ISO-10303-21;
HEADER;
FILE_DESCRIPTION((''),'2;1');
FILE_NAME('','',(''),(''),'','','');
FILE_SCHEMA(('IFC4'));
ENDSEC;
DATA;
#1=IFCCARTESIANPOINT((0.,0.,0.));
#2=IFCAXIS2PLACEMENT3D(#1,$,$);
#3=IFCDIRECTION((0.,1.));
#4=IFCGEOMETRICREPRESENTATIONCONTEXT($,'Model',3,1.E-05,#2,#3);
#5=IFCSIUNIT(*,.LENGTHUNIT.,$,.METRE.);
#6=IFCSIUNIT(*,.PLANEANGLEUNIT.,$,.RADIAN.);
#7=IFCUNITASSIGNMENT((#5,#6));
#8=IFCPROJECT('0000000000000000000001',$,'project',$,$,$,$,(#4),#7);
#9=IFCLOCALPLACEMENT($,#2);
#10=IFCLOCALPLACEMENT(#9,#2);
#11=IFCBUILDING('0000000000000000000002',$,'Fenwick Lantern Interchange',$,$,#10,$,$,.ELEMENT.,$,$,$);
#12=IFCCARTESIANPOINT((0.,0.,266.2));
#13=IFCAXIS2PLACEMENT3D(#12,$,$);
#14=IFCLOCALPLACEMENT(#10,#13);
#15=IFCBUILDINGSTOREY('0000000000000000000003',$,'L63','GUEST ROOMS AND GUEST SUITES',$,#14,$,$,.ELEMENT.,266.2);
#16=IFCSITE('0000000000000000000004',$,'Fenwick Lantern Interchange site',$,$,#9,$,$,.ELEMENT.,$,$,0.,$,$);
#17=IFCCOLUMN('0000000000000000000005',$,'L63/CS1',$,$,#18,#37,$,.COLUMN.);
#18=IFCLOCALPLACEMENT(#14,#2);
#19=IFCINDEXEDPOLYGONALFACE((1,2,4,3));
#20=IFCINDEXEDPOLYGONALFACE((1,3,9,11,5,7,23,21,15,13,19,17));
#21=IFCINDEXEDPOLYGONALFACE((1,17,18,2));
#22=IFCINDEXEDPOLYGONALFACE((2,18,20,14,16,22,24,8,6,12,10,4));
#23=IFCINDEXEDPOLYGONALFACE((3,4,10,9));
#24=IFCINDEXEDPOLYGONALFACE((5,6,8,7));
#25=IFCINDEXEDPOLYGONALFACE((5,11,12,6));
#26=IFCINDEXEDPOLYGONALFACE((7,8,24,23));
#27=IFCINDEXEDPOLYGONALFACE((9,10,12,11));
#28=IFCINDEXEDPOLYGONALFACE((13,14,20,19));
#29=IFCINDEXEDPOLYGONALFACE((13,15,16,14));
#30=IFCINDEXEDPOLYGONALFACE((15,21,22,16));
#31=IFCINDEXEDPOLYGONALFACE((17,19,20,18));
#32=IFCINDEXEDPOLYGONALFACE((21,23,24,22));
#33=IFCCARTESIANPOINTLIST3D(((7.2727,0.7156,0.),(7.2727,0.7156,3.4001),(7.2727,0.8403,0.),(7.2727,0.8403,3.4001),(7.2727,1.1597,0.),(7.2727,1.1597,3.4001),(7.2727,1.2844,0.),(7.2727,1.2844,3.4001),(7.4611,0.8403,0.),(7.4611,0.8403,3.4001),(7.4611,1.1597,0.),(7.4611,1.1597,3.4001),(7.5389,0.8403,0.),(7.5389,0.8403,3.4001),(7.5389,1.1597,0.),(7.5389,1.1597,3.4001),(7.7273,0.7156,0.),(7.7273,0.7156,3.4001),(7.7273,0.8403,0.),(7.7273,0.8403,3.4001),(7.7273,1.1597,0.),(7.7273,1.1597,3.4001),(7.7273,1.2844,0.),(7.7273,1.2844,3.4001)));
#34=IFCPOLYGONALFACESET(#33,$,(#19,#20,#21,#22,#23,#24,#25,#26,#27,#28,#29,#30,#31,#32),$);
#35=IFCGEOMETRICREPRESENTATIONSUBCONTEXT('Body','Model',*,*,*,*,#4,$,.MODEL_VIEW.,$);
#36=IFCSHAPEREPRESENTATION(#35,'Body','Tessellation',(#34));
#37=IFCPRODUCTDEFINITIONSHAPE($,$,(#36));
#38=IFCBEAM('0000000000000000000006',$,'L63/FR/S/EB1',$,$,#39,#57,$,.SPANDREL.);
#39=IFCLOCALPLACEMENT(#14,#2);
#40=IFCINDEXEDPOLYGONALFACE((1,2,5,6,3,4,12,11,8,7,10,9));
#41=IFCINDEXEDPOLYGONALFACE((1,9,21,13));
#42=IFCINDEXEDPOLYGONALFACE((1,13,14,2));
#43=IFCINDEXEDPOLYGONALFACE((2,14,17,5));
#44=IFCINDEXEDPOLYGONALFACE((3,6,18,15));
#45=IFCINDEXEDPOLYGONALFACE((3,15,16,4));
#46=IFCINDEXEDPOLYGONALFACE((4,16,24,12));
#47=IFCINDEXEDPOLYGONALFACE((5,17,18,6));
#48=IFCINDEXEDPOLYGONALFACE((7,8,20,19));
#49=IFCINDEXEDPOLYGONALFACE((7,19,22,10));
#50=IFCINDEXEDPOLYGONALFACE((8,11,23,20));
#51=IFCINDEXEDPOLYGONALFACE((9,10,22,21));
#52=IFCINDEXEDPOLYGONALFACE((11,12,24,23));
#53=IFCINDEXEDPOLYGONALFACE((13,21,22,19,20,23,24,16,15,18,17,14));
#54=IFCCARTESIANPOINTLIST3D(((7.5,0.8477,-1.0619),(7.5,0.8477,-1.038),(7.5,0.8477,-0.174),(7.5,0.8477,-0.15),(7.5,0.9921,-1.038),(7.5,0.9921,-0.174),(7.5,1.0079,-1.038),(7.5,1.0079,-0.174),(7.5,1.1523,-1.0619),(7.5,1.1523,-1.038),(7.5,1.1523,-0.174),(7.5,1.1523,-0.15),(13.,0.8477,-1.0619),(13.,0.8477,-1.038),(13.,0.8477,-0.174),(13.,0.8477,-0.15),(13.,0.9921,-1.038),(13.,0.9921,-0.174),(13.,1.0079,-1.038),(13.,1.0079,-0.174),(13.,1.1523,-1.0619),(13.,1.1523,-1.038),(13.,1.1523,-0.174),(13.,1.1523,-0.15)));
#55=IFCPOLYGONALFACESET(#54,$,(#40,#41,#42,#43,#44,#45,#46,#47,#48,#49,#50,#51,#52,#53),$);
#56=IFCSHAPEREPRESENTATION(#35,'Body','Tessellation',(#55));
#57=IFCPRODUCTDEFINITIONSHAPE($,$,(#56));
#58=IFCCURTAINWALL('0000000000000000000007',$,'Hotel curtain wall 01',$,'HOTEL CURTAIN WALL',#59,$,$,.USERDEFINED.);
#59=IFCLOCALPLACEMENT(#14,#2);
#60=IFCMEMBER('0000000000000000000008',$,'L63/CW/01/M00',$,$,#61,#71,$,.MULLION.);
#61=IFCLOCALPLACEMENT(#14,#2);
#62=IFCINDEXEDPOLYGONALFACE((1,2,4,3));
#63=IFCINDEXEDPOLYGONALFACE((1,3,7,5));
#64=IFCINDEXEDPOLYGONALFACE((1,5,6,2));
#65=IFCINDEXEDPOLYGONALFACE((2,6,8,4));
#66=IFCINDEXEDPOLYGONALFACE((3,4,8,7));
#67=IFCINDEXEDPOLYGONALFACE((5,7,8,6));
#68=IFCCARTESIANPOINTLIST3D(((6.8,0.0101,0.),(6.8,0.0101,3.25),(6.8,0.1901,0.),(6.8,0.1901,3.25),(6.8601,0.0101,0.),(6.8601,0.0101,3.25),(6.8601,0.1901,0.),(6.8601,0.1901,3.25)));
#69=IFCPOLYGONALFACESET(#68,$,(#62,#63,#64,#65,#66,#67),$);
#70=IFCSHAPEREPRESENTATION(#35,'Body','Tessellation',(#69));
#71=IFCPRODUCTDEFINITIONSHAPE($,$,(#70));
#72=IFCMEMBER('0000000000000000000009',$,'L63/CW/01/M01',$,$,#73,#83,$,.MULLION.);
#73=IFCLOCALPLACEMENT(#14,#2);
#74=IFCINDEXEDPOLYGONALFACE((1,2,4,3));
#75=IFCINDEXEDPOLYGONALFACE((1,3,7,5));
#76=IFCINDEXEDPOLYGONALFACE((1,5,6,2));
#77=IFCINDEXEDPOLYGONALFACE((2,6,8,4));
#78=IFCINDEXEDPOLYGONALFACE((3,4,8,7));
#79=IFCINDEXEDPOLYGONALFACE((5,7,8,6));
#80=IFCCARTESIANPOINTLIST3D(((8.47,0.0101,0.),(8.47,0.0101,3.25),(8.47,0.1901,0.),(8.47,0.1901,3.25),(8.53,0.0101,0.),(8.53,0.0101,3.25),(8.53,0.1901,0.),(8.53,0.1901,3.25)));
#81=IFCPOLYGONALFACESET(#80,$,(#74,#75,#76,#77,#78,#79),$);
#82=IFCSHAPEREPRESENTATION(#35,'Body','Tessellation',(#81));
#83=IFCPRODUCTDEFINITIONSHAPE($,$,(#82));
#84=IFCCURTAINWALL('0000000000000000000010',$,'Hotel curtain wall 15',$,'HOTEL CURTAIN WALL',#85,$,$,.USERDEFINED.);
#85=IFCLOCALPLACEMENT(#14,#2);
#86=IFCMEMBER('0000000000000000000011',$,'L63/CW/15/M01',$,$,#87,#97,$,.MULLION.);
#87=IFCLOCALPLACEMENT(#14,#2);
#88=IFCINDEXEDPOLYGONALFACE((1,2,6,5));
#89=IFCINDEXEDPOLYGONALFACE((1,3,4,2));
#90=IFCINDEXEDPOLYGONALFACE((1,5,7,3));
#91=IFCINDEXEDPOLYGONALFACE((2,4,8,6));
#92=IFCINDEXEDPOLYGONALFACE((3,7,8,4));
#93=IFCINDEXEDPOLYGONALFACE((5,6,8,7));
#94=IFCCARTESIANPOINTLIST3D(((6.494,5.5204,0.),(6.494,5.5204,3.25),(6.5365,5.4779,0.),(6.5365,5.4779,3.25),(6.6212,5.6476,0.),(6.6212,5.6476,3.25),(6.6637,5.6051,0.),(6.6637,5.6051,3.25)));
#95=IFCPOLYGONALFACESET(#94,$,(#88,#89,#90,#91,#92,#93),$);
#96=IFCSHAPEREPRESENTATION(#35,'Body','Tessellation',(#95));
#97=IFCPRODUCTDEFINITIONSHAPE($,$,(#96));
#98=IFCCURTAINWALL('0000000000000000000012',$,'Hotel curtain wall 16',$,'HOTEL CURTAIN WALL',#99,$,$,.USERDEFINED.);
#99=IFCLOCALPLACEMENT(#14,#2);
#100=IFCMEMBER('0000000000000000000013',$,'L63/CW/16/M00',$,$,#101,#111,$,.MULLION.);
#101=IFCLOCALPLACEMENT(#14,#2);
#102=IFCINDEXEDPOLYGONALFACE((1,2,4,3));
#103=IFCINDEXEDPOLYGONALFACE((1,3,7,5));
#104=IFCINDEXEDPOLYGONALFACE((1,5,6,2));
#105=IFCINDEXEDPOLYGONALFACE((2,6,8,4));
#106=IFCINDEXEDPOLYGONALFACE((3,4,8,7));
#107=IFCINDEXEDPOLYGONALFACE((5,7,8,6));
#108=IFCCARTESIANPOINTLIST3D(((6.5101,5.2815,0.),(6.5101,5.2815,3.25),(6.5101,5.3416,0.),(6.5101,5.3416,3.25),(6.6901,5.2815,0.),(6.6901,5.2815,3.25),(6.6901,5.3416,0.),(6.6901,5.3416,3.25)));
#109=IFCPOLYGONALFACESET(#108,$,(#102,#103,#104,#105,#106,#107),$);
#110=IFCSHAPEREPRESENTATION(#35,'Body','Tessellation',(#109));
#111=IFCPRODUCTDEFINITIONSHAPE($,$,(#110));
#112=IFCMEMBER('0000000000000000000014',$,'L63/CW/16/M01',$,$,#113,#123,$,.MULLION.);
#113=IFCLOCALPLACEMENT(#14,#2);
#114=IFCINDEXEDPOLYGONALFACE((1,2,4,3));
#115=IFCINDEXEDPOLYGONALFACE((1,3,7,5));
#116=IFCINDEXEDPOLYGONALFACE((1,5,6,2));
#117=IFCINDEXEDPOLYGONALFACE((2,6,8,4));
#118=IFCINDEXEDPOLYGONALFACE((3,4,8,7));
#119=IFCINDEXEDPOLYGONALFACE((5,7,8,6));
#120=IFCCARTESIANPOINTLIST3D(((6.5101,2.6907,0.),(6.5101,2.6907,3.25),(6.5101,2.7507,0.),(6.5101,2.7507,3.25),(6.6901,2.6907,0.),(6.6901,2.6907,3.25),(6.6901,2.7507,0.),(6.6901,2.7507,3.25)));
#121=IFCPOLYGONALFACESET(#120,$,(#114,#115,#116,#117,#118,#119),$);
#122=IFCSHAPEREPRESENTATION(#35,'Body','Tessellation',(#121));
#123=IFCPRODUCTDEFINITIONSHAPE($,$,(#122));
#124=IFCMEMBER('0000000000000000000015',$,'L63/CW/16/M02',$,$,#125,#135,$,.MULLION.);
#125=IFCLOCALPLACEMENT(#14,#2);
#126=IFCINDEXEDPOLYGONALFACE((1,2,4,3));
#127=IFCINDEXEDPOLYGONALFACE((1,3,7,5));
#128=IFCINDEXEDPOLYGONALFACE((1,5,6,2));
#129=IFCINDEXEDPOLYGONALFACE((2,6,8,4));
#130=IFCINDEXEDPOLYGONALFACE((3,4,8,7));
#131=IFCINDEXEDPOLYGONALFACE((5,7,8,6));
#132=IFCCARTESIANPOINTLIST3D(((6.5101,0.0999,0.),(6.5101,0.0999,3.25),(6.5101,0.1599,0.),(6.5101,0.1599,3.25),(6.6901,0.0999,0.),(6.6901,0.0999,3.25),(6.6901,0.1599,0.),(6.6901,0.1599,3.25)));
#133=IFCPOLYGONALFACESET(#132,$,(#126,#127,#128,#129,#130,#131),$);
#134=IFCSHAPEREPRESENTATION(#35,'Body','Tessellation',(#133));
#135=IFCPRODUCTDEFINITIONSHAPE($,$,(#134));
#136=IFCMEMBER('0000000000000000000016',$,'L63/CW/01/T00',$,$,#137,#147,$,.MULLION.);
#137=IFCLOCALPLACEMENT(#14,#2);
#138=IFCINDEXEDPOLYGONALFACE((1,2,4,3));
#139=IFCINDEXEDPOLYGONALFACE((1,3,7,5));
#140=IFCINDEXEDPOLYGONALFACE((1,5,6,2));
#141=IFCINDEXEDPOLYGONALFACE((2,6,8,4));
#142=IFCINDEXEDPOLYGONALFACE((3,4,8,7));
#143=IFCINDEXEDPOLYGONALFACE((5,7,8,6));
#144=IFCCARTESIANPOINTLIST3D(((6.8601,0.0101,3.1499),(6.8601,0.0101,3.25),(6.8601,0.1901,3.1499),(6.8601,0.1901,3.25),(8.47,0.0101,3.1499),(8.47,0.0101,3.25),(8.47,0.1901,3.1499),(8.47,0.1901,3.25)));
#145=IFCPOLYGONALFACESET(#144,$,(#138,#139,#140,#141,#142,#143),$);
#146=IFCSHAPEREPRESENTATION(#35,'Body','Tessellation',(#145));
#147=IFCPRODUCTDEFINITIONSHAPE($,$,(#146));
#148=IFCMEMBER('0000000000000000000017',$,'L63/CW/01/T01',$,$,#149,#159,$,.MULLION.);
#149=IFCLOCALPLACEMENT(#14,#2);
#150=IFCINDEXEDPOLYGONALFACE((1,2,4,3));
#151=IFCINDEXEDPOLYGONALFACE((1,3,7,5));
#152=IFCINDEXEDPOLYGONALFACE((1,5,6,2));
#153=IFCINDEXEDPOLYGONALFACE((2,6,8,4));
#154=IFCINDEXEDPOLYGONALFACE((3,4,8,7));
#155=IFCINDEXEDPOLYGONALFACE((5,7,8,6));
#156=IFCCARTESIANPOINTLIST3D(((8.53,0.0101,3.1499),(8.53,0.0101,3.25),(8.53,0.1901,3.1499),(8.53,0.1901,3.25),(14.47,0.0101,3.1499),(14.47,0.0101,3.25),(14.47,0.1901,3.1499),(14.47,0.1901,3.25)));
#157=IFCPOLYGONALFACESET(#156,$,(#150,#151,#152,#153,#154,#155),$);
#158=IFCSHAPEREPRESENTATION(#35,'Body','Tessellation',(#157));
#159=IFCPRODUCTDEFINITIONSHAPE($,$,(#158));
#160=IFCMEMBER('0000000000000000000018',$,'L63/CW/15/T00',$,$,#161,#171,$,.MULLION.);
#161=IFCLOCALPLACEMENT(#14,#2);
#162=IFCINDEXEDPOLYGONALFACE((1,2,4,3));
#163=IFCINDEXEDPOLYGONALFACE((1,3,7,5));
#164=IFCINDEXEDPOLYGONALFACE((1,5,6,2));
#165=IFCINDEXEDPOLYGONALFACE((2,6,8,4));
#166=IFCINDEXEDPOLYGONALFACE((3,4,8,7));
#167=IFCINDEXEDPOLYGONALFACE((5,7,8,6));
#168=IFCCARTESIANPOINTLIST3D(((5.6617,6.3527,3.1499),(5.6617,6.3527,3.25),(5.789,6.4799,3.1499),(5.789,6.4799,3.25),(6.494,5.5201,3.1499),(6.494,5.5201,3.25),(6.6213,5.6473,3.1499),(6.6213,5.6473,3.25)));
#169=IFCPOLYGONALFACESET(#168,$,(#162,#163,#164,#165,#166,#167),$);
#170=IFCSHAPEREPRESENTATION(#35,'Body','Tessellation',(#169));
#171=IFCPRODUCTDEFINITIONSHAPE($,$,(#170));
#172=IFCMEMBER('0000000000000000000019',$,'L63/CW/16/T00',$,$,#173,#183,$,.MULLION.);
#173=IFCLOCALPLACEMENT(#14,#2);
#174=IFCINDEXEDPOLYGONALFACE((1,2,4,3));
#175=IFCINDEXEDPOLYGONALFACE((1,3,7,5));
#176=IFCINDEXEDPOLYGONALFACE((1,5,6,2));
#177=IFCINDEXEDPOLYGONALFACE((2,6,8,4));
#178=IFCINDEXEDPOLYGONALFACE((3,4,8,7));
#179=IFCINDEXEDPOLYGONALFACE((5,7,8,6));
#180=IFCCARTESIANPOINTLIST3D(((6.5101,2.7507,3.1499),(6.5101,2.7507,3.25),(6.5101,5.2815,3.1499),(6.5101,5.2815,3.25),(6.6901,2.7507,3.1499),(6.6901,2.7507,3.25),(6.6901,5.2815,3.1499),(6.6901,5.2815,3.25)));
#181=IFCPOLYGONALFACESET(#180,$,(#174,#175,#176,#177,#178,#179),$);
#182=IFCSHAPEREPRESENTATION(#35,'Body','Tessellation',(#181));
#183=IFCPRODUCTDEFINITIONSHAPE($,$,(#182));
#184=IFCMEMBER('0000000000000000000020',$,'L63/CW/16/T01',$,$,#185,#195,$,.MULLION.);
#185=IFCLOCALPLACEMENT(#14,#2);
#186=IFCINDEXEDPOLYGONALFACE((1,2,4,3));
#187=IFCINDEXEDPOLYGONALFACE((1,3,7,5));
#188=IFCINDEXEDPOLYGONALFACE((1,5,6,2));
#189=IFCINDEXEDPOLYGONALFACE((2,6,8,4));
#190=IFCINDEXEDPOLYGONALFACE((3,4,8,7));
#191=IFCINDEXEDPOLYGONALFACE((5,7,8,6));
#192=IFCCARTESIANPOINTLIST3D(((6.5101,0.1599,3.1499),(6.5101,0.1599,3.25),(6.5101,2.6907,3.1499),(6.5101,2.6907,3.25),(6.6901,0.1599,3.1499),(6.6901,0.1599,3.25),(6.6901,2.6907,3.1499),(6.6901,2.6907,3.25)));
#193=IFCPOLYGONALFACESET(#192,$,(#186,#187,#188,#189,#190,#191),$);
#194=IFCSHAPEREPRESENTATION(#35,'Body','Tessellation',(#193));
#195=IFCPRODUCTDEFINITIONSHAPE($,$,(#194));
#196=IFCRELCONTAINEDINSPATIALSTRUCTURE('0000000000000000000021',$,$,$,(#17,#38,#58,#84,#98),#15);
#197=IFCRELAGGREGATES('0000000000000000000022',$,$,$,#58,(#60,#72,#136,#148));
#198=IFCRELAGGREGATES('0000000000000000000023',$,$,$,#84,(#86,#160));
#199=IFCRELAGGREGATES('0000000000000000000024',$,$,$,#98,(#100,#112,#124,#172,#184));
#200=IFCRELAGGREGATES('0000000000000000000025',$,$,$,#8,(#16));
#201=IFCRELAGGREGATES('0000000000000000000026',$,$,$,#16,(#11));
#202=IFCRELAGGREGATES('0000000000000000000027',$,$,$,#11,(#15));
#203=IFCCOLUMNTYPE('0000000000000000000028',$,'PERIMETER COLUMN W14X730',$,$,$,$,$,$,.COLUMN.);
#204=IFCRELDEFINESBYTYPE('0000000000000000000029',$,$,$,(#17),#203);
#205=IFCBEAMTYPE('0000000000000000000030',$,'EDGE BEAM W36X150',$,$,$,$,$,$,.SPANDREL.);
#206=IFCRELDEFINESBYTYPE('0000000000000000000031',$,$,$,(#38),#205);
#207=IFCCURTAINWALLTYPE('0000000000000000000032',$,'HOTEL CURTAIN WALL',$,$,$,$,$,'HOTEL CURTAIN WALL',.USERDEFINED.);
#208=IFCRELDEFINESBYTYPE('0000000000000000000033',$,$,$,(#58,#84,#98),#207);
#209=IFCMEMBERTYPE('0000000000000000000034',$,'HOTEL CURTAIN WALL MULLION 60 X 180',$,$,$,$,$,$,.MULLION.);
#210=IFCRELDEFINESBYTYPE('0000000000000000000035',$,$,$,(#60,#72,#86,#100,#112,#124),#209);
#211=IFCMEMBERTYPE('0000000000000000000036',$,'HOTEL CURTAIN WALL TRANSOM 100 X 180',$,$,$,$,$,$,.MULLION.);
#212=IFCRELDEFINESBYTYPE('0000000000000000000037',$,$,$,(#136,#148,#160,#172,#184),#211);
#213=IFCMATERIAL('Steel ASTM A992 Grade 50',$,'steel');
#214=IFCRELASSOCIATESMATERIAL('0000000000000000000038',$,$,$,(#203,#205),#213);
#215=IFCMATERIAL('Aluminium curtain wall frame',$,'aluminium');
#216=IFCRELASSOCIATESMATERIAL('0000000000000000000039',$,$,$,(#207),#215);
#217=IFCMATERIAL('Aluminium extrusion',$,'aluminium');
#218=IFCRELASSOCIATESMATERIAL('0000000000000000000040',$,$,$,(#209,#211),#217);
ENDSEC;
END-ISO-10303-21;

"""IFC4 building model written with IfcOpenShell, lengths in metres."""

from ifc_helpers import new_model, si_unit, direction, frame, origin, origin_2d, place, context, subcontext, project, spatial, rectangle, i_section, extrude, material, material_profile, profile_set, type_object, element, aggregate, save


model = new_model("IFC4")

# Units and contexts
model_context = context("Model", 3, precision=1e-05, world=origin(), true_north=direction((0.0, 1.0)))
body_context = subcontext(model_context, "Body", "Model", "MODEL_VIEW")
ifc_project = project(units=[si_unit("LENGTHUNIT", "METRE"), si_unit("PLANEANGLEUNIT", "RADIAN")], contexts=[model_context])

# Site, building, storey
site_placement = place(None, origin())
site = spatial("IfcSite", under=ifc_project, at=site_placement, Name="Fenwick Lantern Interchange site", CompositionType="ELEMENT", RefElevation=0.0)
building_placement = place(site_placement, origin())
building = spatial("IfcBuilding", under=site, at=building_placement, Name="Fenwick Lantern Interchange", CompositionType="ELEMENT")
storey_placement = place(building_placement, frame((0.0, 0.0, 266.2)))
storey = spatial("IfcBuildingStorey", under=building, at=storey_placement, Name="L63", Description="GUEST ROOMS AND GUEST SUITES", CompositionType="ELEMENT", Elevation=266.2)

# Column
ifc_material_1 = material(Name="Steel ASTM A992 Grade 50", Category="steel")
ifc_material_profile_1 = material_profile(ifc_material_1, i_section(OverallWidth=0.4546, OverallDepth=0.5688, WebThickness=0.0779, FlangeThickness=0.1248, at=origin_2d()), Name="W14X730")
ifc_profile_set_1 = profile_set([ifc_material_profile_1], Name="Steel ASTM A992 Grade 50")
column_type = type_object("IfcColumnType", Name="PERIMETER COLUMN W14X730", PredefinedType="COLUMN", material=ifc_profile_set_1)
column_placement = place(storey_placement, frame((7.5, 1.0, 0.0), z_axis=(0.0, 0.0, 1.0), x_axis=(1.0, 0.0, 0.0)))
element("IfcColumn", 1, at=column_placement, inside=storey, type_object=column_type, Name="L63/CS1", PredefinedType="COLUMN", context=body_context, shape_type="SweptSolid", body=[
    extrude(i_section(OverallWidth=0.4546, OverallDepth=0.5688, WebThickness=0.0779, FlangeThickness=0.1248, at=origin_2d()), origin(), (0.0, 0.0, 1.0), 3.4001),
])

# Beam
ifc_material_profile_2 = material_profile(ifc_material_1, i_section(OverallWidth=0.3047, OverallDepth=0.9119, WebThickness=0.0159, FlangeThickness=0.0239, at=origin_2d()), Name="W36X150")
ifc_profile_set_2 = profile_set([ifc_material_profile_2], Name="Steel ASTM A992 Grade 50")
beam_type = type_object("IfcBeamType", Name="EDGE BEAM W36X150", PredefinedType="SPANDREL", material=ifc_profile_set_2)
beam_placement = place(storey_placement, frame((7.5, 1.0, -0.606), z_axis=(1.0, 0.0, 0.0), x_axis=(0.0, 1.0, 0.0)))
element("IfcBeam", 2, at=beam_placement, inside=storey, type_object=beam_type, Name="L63/FR/S/EB1", PredefinedType="SPANDREL", context=body_context, shape_type="SweptSolid", body=[
    extrude(i_section(OverallWidth=0.3047, OverallDepth=0.9119, WebThickness=0.0159, FlangeThickness=0.0239, at=origin_2d()), origin(), (0.0, 0.0, 1.0), 5.5),
])

# Curtain wall, members
ifc_material_2 = material(Name="Aluminium curtain wall frame", Category="aluminium")
curtain_wall_type = type_object("IfcCurtainWallType", Name="HOTEL CURTAIN WALL", ElementType="HOTEL CURTAIN WALL", PredefinedType="USERDEFINED", material=ifc_material_2)
curtain_wall_1_placement = place(storey_placement, origin())
curtain_wall_1 = element("IfcCurtainWall", 3, at=curtain_wall_1_placement, inside=storey, type_object=curtain_wall_type, Name="Hotel curtain wall 01", ObjectType="HOTEL CURTAIN WALL", PredefinedType="USERDEFINED")
ifc_material_3 = material(Name="Aluminium extrusion", Category="aluminium")
ifc_material_profile_3 = material_profile(ifc_material_3, rectangle(XDim=0.1799, YDim=0.0601, at=origin_2d()), Name="HOTEL CURTAIN WALL MULLION 60 X 180")
ifc_profile_set_3 = profile_set([ifc_material_profile_3], Name="Aluminium extrusion")
member_type_1 = type_object("IfcMemberType", Name="HOTEL CURTAIN WALL MULLION 60 X 180", PredefinedType="MULLION", material=ifc_profile_set_3)
member_1_placement = place(storey_placement, frame((6.8301, 0.1001, 0.0), z_axis=(0.0, 0.0, 1.0), x_axis=(0.0, 1.0, 0.0)))
member_1 = element("IfcMember", 4, at=member_1_placement, type_object=member_type_1, Name="L63/CW/01/M00", PredefinedType="MULLION", context=body_context, shape_type="SweptSolid", body=[
    extrude(rectangle(XDim=0.1799, YDim=0.0601, at=origin_2d()), origin(), (0.0, 0.0, 1.0), 3.25),
])
member_2_placement = place(storey_placement, frame((8.5, 0.1001, 0.0), z_axis=(0.0, 0.0, 1.0), x_axis=(0.0, 1.0, 0.0)))
member_2 = element("IfcMember", 5, at=member_2_placement, type_object=member_type_1, Name="L63/CW/01/M01", PredefinedType="MULLION", context=body_context, shape_type="SweptSolid", body=[
    extrude(rectangle(XDim=0.1799, YDim=0.0601, at=origin_2d()), origin(), (0.0, 0.0, 1.0), 3.25),
])

# Curtain wall, member
curtain_wall_2_placement = place(storey_placement, origin())
curtain_wall_2 = element("IfcCurtainWall", 6, at=curtain_wall_2_placement, inside=storey, type_object=curtain_wall_type, Name="Hotel curtain wall 15", ObjectType="HOTEL CURTAIN WALL", PredefinedType="USERDEFINED")
member_3_placement = place(storey_placement, frame((6.5789, 5.5627, 0.0), z_axis=(0.0, 0.0, 1.0), x_axis=(0.707107, 0.707107, 0.0)))
member_3 = element("IfcMember", 7, at=member_3_placement, type_object=member_type_1, Name="L63/CW/15/M01", PredefinedType="MULLION", context=body_context, shape_type="SweptSolid", body=[
    extrude(rectangle(XDim=0.1799, YDim=0.0601, at=origin_2d()), origin(), (0.0, 0.0, 1.0), 3.25),
])

# Curtain wall, members
curtain_wall_3_placement = place(storey_placement, origin())
curtain_wall_3 = element("IfcCurtainWall", 8, at=curtain_wall_3_placement, inside=storey, type_object=curtain_wall_type, Name="Hotel curtain wall 16", ObjectType="HOTEL CURTAIN WALL", PredefinedType="USERDEFINED")
member_4_placement = place(storey_placement, frame((6.6001, 5.3115, 0.0), z_axis=(0.0, 0.0, 1.0), x_axis=(1.0, 0.0, 0.0)))
member_4 = element("IfcMember", 9, at=member_4_placement, type_object=member_type_1, Name="L63/CW/16/M00", PredefinedType="MULLION", context=body_context, shape_type="SweptSolid", body=[
    extrude(rectangle(XDim=0.1799, YDim=0.0601, at=origin_2d()), origin(), (0.0, 0.0, 1.0), 3.25),
])
member_5_placement = place(storey_placement, frame((6.6001, 2.7207, 0.0), z_axis=(0.0, 0.0, 1.0), x_axis=(1.0, 0.0, 0.0)))
member_5 = element("IfcMember", 10, at=member_5_placement, type_object=member_type_1, Name="L63/CW/16/M01", PredefinedType="MULLION", context=body_context, shape_type="SweptSolid", body=[
    extrude(rectangle(XDim=0.1799, YDim=0.0601, at=origin_2d()), origin(), (0.0, 0.0, 1.0), 3.25),
])
member_6_placement = place(storey_placement, frame((6.6001, 0.1299, 0.0), z_axis=(0.0, 0.0, 1.0), x_axis=(1.0, 0.0, 0.0)))
member_6 = element("IfcMember", 11, at=member_6_placement, type_object=member_type_1, Name="L63/CW/16/M02", PredefinedType="MULLION", context=body_context, shape_type="SweptSolid", body=[
    extrude(rectangle(XDim=0.1799, YDim=0.0601, at=origin_2d()), origin(), (0.0, 0.0, 1.0), 3.25),
])

# Members
ifc_material_profile_4 = material_profile(ifc_material_3, rectangle(XDim=0.1799, YDim=0.1001, at=origin_2d()), Name="HOTEL CURTAIN WALL TRANSOM 100 X 180")
ifc_profile_set_4 = profile_set([ifc_material_profile_4], Name="Aluminium extrusion")
member_type_2 = type_object("IfcMemberType", Name="HOTEL CURTAIN WALL TRANSOM 100 X 180", PredefinedType="MULLION", material=ifc_profile_set_4)
member_7_placement = place(storey_placement, frame((6.8601, 0.1001, 3.2), z_axis=(1.0, 0.0, 0.0), x_axis=(0.0, 1.0, 0.0)))
member_7 = element("IfcMember", 12, at=member_7_placement, type_object=member_type_2, Name="L63/CW/01/T00", PredefinedType="MULLION", context=body_context, shape_type="SweptSolid", body=[
    extrude(rectangle(XDim=0.1799, YDim=0.1001, at=origin_2d()), origin(), (0.0, 0.0, 1.0), 1.6099),
])
member_8_placement = place(storey_placement, frame((8.53, 0.1001, 3.2), z_axis=(1.0, 0.0, 0.0), x_axis=(0.0, 1.0, 0.0)))
member_8 = element("IfcMember", 13, at=member_8_placement, type_object=member_type_2, Name="L63/CW/01/T01", PredefinedType="MULLION", context=body_context, shape_type="SweptSolid", body=[
    extrude(rectangle(XDim=0.1799, YDim=0.1001, at=origin_2d()), origin(), (0.0, 0.0, 1.0), 5.9399),
])
member_9_placement = place(storey_placement, frame((5.7253, 6.4163, 3.2), z_axis=(0.707003, -0.70721, 0.0), x_axis=(0.70721, 0.707003, 0.0)))
member_9 = element("IfcMember", 14, at=member_9_placement, type_object=member_type_2, Name="L63/CW/15/T00", PredefinedType="MULLION", context=body_context, shape_type="SweptSolid", body=[
    extrude(rectangle(XDim=0.1799, YDim=0.1001, at=origin_2d()), origin(), (0.0, 0.0, 1.0), 1.1772),
])
member_10_placement = place(storey_placement, frame((6.6001, 5.2815, 3.2), z_axis=(0.0, -1.0, 0.0), x_axis=(1.0, 0.0, 0.0)))
member_10 = element("IfcMember", 15, at=member_10_placement, type_object=member_type_2, Name="L63/CW/16/T00", PredefinedType="MULLION", context=body_context, shape_type="SweptSolid", body=[
    extrude(rectangle(XDim=0.1799, YDim=0.1001, at=origin_2d()), origin(), (0.0, 0.0, 1.0), 2.5308),
])
member_11_placement = place(storey_placement, frame((6.6001, 2.6907, 3.2), z_axis=(0.0, -1.0, 0.0), x_axis=(1.0, 0.0, 0.0)))
member_11 = element("IfcMember", 16, at=member_11_placement, type_object=member_type_2, Name="L63/CW/16/T01", PredefinedType="MULLION", context=body_context, shape_type="SweptSolid", body=[
    extrude(rectangle(XDim=0.1799, YDim=0.1001, at=origin_2d()), origin(), (0.0, 0.0, 1.0), 2.5308),
])

aggregate(curtain_wall_1, [member_1, member_2, member_7, member_8])
aggregate(curtain_wall_2, [member_3, member_9])
aggregate(curtain_wall_3, [member_4, member_5, member_6, member_10, member_11])

save(model, "model.ifc")
